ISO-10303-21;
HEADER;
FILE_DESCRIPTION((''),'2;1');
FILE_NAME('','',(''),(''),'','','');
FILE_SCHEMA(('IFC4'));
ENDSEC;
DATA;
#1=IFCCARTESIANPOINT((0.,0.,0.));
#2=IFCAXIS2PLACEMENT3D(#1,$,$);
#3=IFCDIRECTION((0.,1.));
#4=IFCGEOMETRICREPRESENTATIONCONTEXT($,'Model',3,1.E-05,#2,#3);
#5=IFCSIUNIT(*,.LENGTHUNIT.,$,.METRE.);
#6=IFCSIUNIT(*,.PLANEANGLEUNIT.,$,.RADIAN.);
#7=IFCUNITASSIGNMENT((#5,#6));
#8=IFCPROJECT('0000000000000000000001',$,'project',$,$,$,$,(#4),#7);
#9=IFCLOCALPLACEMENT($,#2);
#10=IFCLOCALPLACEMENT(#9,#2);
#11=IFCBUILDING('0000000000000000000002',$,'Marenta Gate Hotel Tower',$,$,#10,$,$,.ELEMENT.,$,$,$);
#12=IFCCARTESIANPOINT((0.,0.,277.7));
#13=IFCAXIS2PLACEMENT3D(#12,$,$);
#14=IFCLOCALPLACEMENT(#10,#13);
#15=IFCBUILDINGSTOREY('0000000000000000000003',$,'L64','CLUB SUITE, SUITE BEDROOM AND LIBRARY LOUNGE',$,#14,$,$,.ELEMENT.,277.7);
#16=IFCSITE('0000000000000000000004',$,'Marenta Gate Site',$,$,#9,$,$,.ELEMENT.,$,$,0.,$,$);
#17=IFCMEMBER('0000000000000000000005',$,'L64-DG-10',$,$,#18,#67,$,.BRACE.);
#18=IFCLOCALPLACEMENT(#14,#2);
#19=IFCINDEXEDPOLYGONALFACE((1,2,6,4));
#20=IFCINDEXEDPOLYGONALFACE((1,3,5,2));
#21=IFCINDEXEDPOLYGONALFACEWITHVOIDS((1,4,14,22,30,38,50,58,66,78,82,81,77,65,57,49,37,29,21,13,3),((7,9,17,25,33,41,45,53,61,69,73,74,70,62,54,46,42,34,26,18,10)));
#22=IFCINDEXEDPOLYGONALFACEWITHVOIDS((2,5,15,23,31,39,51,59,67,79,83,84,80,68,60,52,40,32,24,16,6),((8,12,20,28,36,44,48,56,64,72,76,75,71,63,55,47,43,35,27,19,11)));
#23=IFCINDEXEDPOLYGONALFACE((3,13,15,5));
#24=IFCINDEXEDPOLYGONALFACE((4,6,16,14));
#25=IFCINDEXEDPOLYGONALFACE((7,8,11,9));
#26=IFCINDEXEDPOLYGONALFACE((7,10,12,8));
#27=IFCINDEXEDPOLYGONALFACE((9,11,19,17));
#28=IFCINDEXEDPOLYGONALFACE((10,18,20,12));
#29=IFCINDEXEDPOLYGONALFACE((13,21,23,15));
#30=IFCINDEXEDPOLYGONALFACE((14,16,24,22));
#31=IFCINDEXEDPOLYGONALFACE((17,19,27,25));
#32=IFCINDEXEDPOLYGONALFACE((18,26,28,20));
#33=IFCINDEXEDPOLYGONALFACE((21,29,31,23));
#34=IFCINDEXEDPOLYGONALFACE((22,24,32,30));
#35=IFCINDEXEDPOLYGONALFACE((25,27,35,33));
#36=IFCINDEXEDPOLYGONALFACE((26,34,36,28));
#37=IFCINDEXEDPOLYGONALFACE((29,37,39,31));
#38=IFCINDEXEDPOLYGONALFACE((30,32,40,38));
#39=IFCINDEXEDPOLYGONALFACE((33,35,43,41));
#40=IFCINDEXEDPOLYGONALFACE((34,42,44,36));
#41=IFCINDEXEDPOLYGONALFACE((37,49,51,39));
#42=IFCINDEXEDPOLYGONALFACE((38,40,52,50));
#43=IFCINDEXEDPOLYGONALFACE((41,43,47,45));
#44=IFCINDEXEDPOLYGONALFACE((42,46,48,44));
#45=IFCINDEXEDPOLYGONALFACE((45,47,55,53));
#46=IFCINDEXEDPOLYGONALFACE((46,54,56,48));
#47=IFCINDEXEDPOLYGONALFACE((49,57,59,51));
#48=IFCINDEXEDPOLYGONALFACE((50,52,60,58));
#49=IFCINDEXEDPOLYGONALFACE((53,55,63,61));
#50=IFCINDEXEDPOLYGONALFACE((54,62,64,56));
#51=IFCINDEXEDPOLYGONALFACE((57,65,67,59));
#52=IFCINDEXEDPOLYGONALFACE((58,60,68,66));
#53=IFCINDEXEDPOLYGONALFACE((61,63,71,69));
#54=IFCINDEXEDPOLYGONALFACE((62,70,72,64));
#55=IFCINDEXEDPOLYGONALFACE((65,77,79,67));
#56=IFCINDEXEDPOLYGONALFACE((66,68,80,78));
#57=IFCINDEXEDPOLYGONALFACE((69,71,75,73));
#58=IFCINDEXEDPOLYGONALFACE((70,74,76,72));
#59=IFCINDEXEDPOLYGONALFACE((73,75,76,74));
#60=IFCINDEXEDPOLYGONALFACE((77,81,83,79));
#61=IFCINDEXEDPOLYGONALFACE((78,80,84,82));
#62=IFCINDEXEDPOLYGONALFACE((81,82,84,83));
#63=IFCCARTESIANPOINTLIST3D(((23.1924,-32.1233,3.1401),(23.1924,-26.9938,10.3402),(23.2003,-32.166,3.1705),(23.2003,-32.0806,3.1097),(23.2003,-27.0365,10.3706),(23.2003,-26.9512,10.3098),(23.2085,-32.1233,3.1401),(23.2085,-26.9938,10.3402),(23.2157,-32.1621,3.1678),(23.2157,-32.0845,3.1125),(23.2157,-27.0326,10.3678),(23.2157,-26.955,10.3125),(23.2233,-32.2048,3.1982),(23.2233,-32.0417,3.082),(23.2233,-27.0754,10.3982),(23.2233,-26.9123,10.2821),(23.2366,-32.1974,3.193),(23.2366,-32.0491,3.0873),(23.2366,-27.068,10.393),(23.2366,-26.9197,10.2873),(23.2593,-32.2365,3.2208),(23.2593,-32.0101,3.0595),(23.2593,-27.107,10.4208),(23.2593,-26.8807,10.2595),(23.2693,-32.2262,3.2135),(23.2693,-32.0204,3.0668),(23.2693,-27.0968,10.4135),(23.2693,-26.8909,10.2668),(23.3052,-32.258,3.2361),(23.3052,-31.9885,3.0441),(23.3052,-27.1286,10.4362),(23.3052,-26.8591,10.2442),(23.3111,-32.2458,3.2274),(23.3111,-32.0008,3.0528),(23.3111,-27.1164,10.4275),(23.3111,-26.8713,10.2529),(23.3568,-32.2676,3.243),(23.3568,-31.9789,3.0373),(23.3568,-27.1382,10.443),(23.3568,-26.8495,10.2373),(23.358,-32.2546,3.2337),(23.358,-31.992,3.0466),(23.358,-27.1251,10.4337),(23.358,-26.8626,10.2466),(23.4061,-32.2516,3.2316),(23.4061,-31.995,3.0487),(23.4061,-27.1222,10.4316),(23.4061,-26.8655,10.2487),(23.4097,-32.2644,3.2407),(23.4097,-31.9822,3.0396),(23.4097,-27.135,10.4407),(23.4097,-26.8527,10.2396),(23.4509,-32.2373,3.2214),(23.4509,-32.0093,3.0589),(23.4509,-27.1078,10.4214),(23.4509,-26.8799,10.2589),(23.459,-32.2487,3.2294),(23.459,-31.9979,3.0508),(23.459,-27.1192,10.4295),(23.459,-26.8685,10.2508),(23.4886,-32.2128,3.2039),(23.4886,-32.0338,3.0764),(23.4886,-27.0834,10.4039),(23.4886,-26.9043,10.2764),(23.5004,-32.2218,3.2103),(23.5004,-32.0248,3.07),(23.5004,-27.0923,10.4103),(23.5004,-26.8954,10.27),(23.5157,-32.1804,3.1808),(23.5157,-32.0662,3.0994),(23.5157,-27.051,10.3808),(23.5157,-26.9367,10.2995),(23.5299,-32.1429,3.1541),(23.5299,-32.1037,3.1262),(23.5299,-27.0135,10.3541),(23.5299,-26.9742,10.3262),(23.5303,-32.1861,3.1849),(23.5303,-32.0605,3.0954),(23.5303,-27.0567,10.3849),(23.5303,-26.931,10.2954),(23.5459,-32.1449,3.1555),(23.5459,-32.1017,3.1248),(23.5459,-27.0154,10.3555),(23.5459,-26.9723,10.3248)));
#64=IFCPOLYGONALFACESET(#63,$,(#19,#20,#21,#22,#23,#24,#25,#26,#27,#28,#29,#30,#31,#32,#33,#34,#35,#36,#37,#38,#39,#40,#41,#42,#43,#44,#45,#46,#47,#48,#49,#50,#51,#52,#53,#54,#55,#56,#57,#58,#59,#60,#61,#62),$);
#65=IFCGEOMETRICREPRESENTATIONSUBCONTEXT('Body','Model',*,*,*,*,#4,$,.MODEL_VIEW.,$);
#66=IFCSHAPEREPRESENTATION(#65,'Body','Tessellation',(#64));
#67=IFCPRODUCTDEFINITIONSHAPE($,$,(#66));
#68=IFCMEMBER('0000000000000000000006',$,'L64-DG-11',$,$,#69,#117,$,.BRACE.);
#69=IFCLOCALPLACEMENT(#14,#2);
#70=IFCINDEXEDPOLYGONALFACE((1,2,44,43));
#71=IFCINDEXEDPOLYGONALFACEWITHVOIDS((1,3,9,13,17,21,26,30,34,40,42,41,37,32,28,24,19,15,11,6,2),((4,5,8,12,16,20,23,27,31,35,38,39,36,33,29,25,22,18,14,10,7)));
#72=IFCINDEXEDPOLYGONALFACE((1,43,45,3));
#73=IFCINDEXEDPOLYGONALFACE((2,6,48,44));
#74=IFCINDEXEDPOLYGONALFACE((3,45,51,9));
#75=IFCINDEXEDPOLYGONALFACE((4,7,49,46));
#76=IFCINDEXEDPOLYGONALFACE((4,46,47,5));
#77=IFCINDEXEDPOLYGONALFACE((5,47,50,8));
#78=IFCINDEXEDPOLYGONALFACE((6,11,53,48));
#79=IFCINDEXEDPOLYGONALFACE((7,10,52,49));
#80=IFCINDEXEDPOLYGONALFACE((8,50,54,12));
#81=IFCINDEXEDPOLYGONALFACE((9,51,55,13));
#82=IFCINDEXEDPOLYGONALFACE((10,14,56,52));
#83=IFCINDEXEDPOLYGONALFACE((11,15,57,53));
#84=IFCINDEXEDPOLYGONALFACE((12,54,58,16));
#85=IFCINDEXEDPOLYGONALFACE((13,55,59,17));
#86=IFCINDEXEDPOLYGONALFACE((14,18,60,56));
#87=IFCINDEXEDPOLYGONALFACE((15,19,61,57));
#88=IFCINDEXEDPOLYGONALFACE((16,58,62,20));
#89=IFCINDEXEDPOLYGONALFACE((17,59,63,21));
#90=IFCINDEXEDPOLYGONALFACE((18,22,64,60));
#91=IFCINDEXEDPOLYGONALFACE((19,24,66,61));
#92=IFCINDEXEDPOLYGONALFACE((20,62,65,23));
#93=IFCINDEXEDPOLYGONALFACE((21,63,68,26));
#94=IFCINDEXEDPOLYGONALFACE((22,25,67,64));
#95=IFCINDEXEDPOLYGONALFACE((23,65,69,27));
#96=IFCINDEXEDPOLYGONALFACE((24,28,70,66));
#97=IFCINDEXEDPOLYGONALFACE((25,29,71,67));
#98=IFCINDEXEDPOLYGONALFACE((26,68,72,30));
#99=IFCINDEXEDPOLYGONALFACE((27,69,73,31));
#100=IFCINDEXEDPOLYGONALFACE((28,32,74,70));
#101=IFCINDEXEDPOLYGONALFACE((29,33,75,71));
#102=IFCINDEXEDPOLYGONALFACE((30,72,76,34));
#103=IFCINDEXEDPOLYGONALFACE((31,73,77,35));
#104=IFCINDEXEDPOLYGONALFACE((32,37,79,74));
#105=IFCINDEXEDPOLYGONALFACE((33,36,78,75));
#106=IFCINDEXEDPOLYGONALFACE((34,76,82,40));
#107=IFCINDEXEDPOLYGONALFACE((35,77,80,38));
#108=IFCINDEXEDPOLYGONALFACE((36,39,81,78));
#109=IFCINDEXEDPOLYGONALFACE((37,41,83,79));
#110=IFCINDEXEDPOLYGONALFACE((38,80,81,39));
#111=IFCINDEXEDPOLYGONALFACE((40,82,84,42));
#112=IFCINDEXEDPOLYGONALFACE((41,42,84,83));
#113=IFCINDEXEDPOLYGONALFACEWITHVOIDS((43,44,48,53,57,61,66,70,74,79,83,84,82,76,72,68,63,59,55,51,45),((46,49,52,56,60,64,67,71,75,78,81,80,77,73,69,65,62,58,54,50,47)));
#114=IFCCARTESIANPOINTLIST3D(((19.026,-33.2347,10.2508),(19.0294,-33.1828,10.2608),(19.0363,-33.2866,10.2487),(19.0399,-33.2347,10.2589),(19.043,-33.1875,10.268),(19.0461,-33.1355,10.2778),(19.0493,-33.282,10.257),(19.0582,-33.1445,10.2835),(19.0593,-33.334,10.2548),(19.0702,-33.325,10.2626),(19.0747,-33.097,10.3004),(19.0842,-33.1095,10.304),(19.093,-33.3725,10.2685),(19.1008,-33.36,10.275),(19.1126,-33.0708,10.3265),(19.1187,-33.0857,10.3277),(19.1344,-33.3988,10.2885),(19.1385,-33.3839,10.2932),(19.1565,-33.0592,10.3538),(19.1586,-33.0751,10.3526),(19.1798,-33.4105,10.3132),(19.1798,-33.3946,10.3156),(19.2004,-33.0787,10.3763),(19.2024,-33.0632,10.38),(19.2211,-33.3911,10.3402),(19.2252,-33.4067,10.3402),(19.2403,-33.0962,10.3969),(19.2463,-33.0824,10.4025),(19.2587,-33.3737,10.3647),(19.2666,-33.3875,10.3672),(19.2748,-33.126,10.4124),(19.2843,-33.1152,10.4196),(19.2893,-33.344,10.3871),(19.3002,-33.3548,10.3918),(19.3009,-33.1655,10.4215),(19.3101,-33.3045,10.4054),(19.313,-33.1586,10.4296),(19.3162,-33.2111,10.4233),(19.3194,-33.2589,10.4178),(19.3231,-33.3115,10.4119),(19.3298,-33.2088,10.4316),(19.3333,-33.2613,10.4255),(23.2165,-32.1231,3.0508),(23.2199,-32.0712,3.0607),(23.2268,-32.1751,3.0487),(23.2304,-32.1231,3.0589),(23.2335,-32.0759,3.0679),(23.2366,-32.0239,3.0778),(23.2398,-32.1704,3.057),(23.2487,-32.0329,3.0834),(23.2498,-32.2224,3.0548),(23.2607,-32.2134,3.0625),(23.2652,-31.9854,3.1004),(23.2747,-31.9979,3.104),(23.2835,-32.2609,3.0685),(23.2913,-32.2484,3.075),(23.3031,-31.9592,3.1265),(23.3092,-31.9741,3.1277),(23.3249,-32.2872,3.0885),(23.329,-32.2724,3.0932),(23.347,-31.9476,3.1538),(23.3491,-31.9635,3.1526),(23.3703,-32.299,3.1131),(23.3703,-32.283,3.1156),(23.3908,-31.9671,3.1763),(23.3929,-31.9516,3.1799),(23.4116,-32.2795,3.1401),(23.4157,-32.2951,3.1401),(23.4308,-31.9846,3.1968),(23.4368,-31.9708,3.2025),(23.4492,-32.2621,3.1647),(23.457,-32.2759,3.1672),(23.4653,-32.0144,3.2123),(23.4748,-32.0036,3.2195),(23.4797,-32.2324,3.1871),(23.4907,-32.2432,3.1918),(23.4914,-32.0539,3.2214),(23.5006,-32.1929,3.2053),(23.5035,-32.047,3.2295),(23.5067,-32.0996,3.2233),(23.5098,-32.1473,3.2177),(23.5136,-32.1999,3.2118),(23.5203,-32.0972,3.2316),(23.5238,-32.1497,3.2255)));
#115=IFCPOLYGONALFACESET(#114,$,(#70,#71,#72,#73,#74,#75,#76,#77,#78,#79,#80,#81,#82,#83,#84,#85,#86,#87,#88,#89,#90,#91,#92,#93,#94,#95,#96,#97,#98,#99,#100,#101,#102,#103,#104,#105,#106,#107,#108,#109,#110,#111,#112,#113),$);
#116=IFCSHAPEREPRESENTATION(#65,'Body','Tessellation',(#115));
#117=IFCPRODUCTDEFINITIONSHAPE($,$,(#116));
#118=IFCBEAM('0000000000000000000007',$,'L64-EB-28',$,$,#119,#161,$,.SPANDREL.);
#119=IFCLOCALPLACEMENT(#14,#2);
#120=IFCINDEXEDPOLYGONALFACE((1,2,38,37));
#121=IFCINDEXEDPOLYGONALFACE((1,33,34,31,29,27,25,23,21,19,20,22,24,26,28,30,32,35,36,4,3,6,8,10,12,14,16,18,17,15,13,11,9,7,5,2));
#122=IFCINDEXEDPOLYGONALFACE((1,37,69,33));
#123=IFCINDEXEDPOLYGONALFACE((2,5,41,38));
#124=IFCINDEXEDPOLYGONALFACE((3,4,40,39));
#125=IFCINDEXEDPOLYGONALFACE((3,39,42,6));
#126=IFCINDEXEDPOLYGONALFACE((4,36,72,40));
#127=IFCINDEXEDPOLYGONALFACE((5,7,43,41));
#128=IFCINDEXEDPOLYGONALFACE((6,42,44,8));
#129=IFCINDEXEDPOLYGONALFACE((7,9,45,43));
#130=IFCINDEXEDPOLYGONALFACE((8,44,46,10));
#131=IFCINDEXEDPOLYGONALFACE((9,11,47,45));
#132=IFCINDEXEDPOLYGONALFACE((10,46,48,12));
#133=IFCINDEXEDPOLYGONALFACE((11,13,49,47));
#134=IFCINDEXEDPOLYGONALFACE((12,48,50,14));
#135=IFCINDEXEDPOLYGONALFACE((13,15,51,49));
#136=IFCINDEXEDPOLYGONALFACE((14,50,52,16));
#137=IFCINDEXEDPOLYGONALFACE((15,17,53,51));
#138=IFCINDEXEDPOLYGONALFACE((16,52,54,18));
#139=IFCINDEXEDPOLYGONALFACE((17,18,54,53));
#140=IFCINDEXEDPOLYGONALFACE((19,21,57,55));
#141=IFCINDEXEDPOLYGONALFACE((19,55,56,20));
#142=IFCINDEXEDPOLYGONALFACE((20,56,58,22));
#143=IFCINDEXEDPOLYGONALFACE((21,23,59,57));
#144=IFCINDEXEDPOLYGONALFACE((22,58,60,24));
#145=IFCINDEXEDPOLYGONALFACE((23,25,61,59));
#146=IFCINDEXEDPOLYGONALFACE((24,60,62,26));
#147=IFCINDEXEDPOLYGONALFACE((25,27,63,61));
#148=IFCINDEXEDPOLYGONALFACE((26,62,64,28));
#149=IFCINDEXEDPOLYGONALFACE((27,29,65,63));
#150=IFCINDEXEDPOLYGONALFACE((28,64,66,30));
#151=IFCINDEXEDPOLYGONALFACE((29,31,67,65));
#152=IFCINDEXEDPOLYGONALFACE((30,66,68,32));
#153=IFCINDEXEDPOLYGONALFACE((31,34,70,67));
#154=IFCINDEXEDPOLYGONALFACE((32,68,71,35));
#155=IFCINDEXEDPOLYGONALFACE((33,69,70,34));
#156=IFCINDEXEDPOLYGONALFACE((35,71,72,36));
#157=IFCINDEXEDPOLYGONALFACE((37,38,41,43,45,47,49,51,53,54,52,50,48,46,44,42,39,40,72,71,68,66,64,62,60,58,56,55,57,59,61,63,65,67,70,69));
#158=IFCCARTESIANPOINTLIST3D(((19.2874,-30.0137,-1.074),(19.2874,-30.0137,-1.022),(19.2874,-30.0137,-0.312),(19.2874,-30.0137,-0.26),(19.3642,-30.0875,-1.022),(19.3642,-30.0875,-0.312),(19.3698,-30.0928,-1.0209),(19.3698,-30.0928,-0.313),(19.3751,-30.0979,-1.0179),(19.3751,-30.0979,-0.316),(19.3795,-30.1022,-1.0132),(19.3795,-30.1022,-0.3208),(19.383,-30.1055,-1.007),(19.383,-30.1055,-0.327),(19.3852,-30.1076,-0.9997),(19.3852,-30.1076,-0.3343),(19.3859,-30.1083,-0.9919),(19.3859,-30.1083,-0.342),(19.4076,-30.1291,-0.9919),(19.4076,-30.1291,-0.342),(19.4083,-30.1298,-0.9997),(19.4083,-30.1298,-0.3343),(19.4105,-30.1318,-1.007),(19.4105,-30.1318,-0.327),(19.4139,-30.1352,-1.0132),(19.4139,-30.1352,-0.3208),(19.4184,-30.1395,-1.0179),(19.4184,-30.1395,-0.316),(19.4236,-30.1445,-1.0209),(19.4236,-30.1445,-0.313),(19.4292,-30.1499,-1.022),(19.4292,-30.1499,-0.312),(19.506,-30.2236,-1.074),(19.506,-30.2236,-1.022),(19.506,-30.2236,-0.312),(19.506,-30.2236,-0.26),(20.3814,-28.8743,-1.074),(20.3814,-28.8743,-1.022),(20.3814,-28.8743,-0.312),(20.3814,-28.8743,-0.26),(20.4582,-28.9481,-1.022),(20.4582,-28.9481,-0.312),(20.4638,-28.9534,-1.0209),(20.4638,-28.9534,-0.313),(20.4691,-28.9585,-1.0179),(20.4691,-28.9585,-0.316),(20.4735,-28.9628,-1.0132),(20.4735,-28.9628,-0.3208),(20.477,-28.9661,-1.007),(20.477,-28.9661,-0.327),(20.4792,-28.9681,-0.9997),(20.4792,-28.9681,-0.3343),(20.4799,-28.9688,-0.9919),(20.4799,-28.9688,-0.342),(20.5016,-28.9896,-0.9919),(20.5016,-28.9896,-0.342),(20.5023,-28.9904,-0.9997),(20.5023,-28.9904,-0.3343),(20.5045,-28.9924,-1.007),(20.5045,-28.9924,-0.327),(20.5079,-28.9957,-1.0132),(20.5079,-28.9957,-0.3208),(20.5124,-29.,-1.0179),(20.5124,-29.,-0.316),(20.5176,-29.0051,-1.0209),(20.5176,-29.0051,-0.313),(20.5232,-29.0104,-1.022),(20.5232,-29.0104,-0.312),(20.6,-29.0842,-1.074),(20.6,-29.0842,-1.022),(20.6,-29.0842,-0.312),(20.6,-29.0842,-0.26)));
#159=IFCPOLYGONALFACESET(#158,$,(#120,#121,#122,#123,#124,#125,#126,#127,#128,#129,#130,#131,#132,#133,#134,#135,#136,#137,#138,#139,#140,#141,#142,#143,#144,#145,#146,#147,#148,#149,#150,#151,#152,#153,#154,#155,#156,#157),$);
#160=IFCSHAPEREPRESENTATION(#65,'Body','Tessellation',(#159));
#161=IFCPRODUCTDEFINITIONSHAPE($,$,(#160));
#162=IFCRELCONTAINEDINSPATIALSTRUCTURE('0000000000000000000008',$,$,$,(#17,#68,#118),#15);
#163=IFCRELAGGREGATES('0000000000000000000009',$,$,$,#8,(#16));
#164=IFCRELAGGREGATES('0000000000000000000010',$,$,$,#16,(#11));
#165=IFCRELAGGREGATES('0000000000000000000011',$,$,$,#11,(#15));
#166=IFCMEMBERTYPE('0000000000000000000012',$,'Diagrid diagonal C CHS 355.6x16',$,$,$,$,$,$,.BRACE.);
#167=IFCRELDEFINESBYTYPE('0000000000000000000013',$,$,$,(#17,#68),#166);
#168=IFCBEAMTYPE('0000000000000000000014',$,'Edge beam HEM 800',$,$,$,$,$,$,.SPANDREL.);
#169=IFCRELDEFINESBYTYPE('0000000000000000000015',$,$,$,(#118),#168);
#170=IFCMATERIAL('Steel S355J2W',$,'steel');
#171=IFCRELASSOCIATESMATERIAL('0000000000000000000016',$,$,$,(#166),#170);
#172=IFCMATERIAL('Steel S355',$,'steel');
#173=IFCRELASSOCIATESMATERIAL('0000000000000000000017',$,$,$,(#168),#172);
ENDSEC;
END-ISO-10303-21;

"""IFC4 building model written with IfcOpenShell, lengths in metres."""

from ifc_helpers import new_model, si_unit, direction, frame, origin, origin_2d, place, context, subcontext, project, spatial, hollow_circle, i_section, extrude, material, material_profile, profile_set, type_object, element, save


model = new_model("IFC4")

# Units and contexts
model_context = context("Model", 3, precision=1e-05, world=origin(), true_north=direction((0.0, 1.0)))
body_context = subcontext(model_context, "Body", "Model", "MODEL_VIEW")
ifc_project = project(units=[si_unit("LENGTHUNIT", "METRE"), si_unit("PLANEANGLEUNIT", "RADIAN")], contexts=[model_context])

# Site, building, storey
site_placement = place(None, origin())
site = spatial("IfcSite", under=ifc_project, at=site_placement, Name="Marenta Gate Site", CompositionType="ELEMENT", RefElevation=0.0)
building_placement = place(site_placement, origin())
building = spatial("IfcBuilding", under=site, at=building_placement, Name="Marenta Gate Hotel Tower", CompositionType="ELEMENT")
storey_placement = place(building_placement, frame((0.0, 0.0, 277.7)))
storey = spatial("IfcBuildingStorey", under=building, at=storey_placement, Name="L64", Description="CLUB SUITE, SUITE BEDROOM AND LIBRARY LOUNGE", CompositionType="ELEMENT", Elevation=277.7)

# Members
ifc_material_1 = material(Name="Steel S355J2W", Category="steel")
ifc_material_profile_1 = material_profile(ifc_material_1, hollow_circle(Radius=0.1777, WallThickness=0.0161, at=origin_2d()), Name="CHS 355.6x16")
ifc_profile_set_1 = profile_set([ifc_material_profile_1], Name="Steel S355J2W")
member_type_1 = type_object("IfcMemberType", Name="Diagrid diagonal C CHS 355.6x16", PredefinedType="BRACE", material=ifc_profile_set_1)
member_1_placement = place(storey_placement, frame((23.3701, -32.1233, 3.1401), z_axis=(0.0, 0.580232, 0.814451), x_axis=(-1.0, 0.0, 0.0)))
element("IfcMember", 1, at=member_1_placement, inside=storey, type_object=member_type_1, Name="L64-DG-10", PredefinedType="BRACE", context=body_context, shape_type="SweptSolid", body=[
    extrude(hollow_circle(Radius=0.1777, WallThickness=0.0161, at=origin_2d()), origin(), (0.0, 0.0, 1.0), 8.8403),
])
member_2_placement = place(storey_placement, frame((23.3701, -32.1233, 3.1401), z_axis=(-0.498597, -0.13226, 0.856684), x_axis=(0.256397, -0.966572, 0.0)))
element("IfcMember", 2, at=member_2_placement, inside=storey, type_object=member_type_1, Name="L64-DG-11", PredefinedType="BRACE", context=body_context, shape_type="SweptSolid", body=[
    extrude(hollow_circle(Radius=0.1777, WallThickness=0.0161, at=origin_2d()), origin(), (0.0, 0.0, 1.0), 8.4045),
])

# Beam
ifc_material_2 = material(Name="Steel S355", Category="steel")
ifc_material_profile_2 = material_profile(ifc_material_2, i_section(OverallWidth=0.303, OverallDepth=0.814, WebThickness=0.03, FlangeThickness=0.052, FilletRadius=0.03, at=origin_2d()), Name="HEM 800")
ifc_profile_set_2 = profile_set([ifc_material_profile_2], Name="Steel S355")
beam_type_1 = type_object("IfcBeamType", Name="Edge beam HEM 800", PredefinedType="SPANDREL", material=ifc_profile_set_2)
beam_1_placement = place(storey_placement, frame((20.4907, -28.9792, -0.667), z_axis=(-0.692587, -0.721335, 0.0), x_axis=(0.721335, -0.692587, 0.0)))
element("IfcBeam", 3, at=beam_1_placement, inside=storey, type_object=beam_type_1, Name="L64-EB-28", PredefinedType="SPANDREL", context=body_context, shape_type="SweptSolid", body=[
    extrude(i_section(OverallWidth=0.303, OverallDepth=0.814, WebThickness=0.03, FlangeThickness=0.052, FilletRadius=0.03, at=origin_2d()), origin(), (0.0, 0.0, 1.0), 1.5796),
])

save(model, "model.ifc")
